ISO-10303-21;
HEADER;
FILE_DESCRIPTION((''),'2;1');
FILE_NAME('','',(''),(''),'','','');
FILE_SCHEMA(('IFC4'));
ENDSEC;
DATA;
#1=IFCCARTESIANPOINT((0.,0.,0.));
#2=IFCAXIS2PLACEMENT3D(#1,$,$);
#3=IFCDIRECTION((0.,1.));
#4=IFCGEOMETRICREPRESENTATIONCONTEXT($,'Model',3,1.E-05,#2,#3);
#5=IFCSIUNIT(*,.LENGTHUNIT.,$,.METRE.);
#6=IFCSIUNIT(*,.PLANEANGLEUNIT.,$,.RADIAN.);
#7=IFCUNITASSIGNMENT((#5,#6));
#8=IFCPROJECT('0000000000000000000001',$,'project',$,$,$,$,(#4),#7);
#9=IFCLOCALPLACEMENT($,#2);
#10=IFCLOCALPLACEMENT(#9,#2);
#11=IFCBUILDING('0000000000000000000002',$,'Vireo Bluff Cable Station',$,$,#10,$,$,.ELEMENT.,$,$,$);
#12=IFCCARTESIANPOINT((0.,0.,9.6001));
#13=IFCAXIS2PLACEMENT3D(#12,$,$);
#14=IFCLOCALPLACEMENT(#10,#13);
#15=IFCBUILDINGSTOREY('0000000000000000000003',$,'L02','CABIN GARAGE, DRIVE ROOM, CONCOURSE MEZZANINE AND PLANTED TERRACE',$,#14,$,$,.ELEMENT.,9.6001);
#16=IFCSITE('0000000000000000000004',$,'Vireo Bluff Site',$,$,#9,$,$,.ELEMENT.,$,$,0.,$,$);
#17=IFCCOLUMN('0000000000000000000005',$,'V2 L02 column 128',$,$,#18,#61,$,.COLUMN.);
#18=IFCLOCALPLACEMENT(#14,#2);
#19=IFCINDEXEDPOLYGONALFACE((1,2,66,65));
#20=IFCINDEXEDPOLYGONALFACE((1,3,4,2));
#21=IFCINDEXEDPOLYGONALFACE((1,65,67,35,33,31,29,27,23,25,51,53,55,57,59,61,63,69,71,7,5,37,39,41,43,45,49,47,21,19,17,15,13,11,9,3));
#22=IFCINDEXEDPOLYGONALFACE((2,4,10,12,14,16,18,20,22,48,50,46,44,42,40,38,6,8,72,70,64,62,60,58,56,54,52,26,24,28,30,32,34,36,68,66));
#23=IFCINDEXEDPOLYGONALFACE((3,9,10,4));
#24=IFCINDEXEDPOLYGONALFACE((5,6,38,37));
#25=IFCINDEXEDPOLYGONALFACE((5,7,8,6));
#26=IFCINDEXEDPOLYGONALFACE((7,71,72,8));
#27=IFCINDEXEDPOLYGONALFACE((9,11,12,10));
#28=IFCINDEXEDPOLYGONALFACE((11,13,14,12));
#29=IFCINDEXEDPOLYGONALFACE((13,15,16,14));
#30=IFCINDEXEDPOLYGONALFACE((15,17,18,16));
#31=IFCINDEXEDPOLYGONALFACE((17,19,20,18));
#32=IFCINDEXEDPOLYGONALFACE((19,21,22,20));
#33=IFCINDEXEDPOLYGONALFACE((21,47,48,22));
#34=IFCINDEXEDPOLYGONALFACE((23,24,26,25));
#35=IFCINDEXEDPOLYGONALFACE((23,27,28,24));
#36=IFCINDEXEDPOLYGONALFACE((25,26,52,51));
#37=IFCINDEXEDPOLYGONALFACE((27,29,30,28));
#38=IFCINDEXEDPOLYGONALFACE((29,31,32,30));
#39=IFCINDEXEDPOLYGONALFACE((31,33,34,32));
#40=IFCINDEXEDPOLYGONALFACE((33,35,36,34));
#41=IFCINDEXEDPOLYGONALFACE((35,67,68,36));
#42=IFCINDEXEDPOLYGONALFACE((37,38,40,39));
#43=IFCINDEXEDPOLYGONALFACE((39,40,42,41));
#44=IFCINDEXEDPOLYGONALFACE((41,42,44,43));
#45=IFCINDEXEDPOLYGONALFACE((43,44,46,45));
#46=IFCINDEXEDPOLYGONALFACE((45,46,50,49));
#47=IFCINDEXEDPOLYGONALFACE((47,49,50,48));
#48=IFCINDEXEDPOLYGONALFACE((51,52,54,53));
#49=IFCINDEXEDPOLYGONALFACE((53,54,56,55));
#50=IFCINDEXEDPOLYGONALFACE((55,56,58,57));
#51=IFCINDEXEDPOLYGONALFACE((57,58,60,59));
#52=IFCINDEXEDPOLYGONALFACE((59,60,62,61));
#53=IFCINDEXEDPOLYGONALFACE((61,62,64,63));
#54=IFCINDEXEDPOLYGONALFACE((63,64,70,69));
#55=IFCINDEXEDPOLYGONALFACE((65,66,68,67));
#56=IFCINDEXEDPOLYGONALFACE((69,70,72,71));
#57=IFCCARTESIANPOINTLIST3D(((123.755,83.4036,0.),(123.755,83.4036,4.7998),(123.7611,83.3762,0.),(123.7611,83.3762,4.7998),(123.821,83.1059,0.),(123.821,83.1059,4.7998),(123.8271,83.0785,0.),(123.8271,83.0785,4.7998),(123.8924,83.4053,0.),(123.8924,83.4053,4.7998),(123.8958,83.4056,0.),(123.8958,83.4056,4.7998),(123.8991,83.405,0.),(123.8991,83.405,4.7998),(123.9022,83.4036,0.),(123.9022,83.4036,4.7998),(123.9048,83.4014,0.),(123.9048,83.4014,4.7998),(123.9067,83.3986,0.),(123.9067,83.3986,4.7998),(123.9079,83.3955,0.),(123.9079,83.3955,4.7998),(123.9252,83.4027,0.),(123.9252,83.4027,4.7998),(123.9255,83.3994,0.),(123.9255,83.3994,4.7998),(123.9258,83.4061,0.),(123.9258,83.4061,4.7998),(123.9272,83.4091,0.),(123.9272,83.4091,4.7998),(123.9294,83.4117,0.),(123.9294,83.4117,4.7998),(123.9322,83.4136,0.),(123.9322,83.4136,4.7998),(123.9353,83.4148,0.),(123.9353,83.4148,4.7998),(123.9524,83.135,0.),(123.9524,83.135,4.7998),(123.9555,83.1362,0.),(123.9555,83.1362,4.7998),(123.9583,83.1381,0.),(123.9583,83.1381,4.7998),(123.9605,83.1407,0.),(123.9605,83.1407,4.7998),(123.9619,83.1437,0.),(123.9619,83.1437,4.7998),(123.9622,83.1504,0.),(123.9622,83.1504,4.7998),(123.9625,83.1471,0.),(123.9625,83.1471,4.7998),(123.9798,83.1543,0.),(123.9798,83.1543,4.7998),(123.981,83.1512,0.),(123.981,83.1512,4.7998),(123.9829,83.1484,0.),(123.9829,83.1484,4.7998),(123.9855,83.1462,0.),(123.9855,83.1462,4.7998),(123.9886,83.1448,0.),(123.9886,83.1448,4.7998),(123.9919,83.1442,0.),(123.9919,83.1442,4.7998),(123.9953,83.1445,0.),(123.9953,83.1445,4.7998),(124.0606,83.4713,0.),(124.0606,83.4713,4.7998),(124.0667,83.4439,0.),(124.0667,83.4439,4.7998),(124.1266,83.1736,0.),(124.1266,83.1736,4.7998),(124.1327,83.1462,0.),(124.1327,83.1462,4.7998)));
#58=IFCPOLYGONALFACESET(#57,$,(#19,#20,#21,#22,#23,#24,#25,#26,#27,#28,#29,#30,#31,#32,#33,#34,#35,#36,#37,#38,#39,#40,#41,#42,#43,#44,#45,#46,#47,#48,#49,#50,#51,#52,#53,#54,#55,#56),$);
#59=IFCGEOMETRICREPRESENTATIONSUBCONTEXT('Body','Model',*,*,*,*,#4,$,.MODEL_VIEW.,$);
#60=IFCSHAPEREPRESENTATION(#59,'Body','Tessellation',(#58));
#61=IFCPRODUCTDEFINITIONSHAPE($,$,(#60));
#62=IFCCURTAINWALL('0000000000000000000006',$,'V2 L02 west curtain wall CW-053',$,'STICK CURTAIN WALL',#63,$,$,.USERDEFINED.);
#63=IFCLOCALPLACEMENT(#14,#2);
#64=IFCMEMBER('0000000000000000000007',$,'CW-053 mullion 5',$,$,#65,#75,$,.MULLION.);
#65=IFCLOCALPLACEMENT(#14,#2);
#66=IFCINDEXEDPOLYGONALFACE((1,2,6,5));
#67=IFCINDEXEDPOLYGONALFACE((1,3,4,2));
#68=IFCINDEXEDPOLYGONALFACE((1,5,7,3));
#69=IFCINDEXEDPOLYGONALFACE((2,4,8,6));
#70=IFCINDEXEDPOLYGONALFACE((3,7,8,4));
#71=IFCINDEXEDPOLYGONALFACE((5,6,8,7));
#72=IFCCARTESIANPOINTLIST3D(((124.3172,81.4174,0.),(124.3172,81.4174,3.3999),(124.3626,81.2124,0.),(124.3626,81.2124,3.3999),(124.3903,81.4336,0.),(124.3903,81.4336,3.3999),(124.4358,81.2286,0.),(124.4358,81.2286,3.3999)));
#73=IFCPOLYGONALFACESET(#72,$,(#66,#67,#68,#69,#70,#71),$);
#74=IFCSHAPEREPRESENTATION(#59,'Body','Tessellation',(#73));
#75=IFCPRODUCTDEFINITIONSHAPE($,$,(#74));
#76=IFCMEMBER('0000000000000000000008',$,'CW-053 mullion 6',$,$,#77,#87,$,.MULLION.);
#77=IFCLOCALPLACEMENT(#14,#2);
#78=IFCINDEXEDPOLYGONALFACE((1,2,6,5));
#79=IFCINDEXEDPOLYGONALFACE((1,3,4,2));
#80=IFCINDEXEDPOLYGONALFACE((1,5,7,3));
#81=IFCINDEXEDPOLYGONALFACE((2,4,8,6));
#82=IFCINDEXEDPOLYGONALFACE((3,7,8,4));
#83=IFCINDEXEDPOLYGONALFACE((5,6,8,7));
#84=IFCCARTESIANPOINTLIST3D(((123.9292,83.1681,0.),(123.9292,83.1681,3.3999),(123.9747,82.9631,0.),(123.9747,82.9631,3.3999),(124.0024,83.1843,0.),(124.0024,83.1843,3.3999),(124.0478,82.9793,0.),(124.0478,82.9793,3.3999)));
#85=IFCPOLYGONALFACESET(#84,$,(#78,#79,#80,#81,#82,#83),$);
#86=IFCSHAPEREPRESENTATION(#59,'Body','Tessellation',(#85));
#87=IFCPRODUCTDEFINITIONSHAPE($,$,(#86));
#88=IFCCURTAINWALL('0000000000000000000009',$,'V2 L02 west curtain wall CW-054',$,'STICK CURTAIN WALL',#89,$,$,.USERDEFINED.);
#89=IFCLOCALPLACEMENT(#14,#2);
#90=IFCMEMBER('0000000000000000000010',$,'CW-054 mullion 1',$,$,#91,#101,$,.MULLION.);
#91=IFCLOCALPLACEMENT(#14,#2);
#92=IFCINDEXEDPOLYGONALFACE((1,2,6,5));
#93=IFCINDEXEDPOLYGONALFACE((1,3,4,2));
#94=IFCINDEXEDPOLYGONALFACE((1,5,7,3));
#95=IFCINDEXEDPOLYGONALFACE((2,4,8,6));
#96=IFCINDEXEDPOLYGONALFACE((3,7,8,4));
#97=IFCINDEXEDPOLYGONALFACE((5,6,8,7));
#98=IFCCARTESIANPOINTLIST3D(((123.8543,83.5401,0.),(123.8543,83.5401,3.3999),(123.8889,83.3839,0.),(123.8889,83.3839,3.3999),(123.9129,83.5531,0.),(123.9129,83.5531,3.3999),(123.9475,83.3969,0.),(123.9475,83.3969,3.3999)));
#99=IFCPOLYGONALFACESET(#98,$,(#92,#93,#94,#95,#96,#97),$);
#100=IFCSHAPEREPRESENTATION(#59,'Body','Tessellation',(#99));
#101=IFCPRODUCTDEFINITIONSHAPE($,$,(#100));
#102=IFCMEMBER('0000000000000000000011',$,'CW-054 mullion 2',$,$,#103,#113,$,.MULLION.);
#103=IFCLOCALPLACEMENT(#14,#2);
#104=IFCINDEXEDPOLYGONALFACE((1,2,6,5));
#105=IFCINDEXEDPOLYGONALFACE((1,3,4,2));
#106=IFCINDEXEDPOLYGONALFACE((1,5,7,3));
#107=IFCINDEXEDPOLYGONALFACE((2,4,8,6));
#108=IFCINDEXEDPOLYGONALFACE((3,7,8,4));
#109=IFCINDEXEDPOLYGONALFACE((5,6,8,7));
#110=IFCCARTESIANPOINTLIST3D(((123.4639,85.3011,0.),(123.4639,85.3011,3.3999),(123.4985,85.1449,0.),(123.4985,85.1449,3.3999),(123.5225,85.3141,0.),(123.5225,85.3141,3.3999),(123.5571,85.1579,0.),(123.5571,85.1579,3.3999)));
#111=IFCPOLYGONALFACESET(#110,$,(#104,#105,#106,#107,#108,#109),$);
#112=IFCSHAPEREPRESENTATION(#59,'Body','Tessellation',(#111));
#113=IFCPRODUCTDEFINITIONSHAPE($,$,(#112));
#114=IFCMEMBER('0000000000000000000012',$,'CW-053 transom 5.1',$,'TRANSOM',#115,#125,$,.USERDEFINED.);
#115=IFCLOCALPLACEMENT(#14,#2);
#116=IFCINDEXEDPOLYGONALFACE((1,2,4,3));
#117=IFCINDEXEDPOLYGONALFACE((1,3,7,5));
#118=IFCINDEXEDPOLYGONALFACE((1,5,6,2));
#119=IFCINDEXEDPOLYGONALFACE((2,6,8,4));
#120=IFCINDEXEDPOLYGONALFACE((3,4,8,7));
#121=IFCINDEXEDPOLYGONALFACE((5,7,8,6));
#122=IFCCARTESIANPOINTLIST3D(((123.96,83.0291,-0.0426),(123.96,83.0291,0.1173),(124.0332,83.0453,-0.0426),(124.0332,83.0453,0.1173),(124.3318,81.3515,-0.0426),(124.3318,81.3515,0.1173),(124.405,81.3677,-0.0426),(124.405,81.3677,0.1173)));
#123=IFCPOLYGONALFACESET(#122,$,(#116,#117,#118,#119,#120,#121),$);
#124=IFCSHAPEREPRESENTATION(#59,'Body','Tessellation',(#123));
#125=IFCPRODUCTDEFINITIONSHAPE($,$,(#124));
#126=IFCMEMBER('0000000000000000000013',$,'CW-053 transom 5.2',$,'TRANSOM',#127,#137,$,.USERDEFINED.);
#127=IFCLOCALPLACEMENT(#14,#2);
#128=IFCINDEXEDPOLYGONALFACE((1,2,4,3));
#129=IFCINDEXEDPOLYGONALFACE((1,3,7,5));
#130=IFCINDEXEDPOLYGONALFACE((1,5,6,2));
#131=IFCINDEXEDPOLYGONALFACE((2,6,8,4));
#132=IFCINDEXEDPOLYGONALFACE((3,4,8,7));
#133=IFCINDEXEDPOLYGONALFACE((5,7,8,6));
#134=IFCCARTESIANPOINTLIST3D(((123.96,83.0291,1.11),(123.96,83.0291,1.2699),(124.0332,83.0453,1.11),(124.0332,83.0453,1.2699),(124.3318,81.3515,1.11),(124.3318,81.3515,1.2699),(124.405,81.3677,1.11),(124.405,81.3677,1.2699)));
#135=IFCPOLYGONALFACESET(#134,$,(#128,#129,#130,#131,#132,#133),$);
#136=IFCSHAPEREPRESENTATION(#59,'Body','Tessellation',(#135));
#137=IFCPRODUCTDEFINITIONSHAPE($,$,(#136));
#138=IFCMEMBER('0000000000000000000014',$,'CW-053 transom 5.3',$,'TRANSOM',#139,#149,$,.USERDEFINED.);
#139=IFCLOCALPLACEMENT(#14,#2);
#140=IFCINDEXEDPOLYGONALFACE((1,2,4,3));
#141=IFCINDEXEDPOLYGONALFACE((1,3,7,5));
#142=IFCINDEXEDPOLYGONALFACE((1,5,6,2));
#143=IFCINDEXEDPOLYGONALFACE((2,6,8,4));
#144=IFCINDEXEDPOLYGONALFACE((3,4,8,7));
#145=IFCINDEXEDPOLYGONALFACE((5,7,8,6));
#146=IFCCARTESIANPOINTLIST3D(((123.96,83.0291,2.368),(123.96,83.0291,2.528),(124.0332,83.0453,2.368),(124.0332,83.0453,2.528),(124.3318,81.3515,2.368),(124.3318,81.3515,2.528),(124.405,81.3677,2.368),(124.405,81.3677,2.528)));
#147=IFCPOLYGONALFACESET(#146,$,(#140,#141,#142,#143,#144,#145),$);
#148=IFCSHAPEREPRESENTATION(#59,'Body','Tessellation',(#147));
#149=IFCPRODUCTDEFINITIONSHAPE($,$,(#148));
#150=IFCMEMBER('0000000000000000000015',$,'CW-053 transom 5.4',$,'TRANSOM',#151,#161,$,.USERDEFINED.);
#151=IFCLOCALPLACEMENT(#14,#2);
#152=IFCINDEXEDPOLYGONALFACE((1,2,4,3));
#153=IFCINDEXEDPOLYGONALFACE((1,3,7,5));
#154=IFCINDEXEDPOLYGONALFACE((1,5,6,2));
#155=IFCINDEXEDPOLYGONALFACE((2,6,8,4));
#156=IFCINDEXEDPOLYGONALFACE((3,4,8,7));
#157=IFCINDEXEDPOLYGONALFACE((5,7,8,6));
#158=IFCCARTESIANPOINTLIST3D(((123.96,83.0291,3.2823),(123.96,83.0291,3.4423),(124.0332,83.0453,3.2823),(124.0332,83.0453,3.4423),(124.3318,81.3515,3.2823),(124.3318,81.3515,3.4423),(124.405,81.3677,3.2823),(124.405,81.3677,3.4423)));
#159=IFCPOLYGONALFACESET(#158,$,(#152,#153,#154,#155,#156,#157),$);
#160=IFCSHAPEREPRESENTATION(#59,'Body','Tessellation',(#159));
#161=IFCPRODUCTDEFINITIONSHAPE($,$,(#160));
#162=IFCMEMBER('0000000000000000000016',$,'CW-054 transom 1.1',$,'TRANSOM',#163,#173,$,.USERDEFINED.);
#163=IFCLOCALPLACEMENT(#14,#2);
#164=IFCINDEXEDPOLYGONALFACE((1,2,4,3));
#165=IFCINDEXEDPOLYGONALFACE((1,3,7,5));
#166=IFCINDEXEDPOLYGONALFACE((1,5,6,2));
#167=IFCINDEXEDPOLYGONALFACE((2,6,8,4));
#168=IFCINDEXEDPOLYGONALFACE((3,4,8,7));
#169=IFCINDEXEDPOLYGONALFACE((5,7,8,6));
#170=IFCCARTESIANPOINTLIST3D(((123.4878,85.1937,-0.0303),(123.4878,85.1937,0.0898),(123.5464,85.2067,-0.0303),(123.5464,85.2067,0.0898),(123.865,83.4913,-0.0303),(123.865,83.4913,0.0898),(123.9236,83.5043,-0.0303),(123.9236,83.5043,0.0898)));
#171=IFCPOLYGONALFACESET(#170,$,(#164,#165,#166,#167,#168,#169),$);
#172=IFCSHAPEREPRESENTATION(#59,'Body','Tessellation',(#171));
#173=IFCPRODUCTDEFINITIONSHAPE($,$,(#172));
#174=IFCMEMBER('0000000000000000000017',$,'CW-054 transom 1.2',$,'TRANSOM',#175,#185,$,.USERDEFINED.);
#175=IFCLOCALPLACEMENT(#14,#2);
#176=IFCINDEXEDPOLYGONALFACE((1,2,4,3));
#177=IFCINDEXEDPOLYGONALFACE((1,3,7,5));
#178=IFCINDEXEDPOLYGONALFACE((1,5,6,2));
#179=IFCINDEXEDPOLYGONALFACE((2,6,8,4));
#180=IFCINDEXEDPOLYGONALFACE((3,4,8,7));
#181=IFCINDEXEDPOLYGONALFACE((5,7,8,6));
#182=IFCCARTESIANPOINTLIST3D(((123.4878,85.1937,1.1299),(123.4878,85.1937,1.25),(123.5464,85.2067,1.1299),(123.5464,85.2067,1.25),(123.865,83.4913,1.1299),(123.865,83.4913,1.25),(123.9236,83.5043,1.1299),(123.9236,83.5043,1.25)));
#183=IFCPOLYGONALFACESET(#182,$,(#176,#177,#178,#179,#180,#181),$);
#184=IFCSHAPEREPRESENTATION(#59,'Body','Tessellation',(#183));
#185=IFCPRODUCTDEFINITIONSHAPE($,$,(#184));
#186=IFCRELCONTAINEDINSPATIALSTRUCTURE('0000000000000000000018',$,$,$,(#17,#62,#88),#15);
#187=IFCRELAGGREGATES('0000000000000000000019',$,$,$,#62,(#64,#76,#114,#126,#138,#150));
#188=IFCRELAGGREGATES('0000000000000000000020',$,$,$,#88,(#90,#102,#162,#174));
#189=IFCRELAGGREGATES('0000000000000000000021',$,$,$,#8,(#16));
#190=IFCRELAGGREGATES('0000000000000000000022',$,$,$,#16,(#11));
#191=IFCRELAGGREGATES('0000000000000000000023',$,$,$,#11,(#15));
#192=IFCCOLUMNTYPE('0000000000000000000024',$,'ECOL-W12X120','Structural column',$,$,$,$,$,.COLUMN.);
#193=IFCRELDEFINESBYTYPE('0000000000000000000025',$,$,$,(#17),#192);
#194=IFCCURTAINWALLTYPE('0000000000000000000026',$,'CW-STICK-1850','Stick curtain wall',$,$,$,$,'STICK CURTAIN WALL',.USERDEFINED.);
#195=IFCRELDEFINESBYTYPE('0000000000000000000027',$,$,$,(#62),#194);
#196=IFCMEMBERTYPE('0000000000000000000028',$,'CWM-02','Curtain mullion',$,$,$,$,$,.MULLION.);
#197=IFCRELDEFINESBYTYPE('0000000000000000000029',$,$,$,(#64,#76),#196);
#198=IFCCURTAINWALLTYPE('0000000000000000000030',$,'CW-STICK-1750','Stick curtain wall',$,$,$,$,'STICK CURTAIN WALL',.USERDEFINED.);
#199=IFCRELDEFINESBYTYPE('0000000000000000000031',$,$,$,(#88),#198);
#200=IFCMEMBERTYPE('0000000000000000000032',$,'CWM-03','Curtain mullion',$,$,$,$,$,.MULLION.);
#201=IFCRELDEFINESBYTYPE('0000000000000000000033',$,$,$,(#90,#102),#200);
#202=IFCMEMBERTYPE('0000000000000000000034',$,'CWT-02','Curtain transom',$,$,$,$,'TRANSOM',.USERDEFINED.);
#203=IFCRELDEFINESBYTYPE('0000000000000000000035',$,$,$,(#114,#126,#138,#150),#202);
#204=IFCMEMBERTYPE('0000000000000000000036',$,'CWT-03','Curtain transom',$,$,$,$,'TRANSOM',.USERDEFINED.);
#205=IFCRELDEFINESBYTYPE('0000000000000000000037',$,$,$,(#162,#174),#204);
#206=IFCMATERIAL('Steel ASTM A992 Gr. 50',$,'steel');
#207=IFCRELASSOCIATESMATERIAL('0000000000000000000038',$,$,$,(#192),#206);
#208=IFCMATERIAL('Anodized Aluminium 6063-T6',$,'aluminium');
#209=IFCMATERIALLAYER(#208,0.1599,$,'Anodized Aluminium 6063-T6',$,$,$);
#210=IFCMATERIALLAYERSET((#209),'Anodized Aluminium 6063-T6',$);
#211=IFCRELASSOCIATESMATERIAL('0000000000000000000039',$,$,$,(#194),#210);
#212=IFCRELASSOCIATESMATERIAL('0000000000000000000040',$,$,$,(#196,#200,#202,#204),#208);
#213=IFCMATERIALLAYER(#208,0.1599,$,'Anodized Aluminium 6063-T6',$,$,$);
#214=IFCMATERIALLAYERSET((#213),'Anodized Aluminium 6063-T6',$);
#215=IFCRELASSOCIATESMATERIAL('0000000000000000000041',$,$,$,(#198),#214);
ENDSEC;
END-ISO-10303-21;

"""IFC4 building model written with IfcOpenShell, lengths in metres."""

from ifc_helpers import new_model, si_unit, direction, frame, origin, origin_2d, place, context, subcontext, project, spatial, rectangle, i_section, extrude, material, layer, layer_set, material_profile, profile_set, type_object, element, aggregate, save


model = new_model("IFC4")

# Units and contexts
model_context = context("Model", 3, precision=1e-05, world=origin(), true_north=direction((0.0, 1.0)))
body_context = subcontext(model_context, "Body", "Model", "MODEL_VIEW")
ifc_project = project(units=[si_unit("LENGTHUNIT", "METRE"), si_unit("PLANEANGLEUNIT", "RADIAN")], contexts=[model_context])

# Site, building, storey
site_placement = place(None, origin())
site = spatial("IfcSite", under=ifc_project, at=site_placement, Name="Vireo Bluff Site", CompositionType="ELEMENT", RefElevation=0.0)
building_placement = place(site_placement, origin())
building = spatial("IfcBuilding", under=site, at=building_placement, Name="Vireo Bluff Cable Station", CompositionType="ELEMENT")
storey_placement = place(building_placement, frame((0.0, 0.0, 9.6001)))
storey = spatial("IfcBuildingStorey", under=building, at=storey_placement, Name="L02", Description="CABIN GARAGE, DRIVE ROOM, CONCOURSE MEZZANINE AND PLANTED TERRACE", CompositionType="ELEMENT", Elevation=9.6001)

# Column
ifc_material_1 = material(Name="Steel ASTM A992 Gr. 50", Category="steel")
ifc_material_profile_1 = material_profile(ifc_material_1, i_section(OverallWidth=0.313, OverallDepth=0.333, WebThickness=0.0181, FlangeThickness=0.0281, FilletRadius=0.0129, at=origin_2d()), Name="W12X120")
ifc_profile_set_1 = profile_set([ifc_material_profile_1], Name="Steel ASTM A992 Gr. 50")
column_type = type_object("IfcColumnType", Name="ECOL-W12X120", Description="Structural column", PredefinedType="COLUMN", material=ifc_profile_set_1)
column_placement = place(storey_placement, frame((123.9438, 83.2749, 0.0), z_axis=(0.0, 0.0, 1.0), x_axis=(0.976296, 0.21644, 0.0)))
element("IfcColumn", 1, at=column_placement, inside=storey, type_object=column_type, Name="V2 L02 column 128", PredefinedType="COLUMN", context=body_context, shape_type="SweptSolid", body=[
    extrude(i_section(OverallWidth=0.313, OverallDepth=0.333, WebThickness=0.0181, FlangeThickness=0.0281, FilletRadius=0.0129, at=origin_2d()), origin(), (0.0, 0.0, 1.0), 4.7998),
])

# Curtain walls, members
ifc_material_2 = material(Name="Anodized Aluminium 6063-T6", Category="aluminium")
ifc_layer_1 = layer(ifc_material_2, 0.1599, Name="Anodized Aluminium 6063-T6")
ifc_layer_set_1 = layer_set([ifc_layer_1], Name="Anodized Aluminium 6063-T6")
curtain_wall_type_1 = type_object("IfcCurtainWallType", Name="CW-STICK-1850", Description="Stick curtain wall", ElementType="STICK CURTAIN WALL", PredefinedType="USERDEFINED", material=ifc_layer_set_1)
curtain_wall_1_placement = place(storey_placement, origin())
curtain_wall_1 = element("IfcCurtainWall", 2, at=curtain_wall_1_placement, inside=storey, type_object=curtain_wall_type_1, Name="V2 L02 west curtain wall CW-053", ObjectType="STICK CURTAIN WALL", PredefinedType="USERDEFINED")
ifc_material_profile_2 = material_profile(ifc_material_2, rectangle(XDim=0.075, YDim=0.21, at=origin_2d()), Name="ALU-M-75X210")
ifc_profile_set_2 = profile_set([ifc_material_profile_2], Name="Anodized Aluminium 6063-T6")
member_type_1 = type_object("IfcMemberType", Name="CWM-02", Description="Curtain mullion", PredefinedType="MULLION", material=ifc_profile_set_2)
member_1_placement = place(storey_placement, frame((124.3765, 81.323, 0.0), z_axis=(0.0, 0.0, 1.0), x_axis=(-0.976296, -0.21644, 0.0)))
member_1 = element("IfcMember", 3, at=member_1_placement, type_object=member_type_1, Name="CW-053 mullion 5", PredefinedType="MULLION", context=body_context, shape_type="SweptSolid", body=[
    extrude(rectangle(XDim=0.075, YDim=0.21, at=origin_2d()), origin(), (0.0, 0.0, 1.0), 3.3999),
])
member_2_placement = place(storey_placement, frame((123.9885, 83.0737, 0.0), z_axis=(0.0, 0.0, 1.0), x_axis=(-0.976296, -0.21644, 0.0)))
member_2 = element("IfcMember", 4, at=member_2_placement, type_object=member_type_1, Name="CW-053 mullion 6", PredefinedType="MULLION", context=body_context, shape_type="SweptSolid", body=[
    extrude(rectangle(XDim=0.075, YDim=0.21, at=origin_2d()), origin(), (0.0, 0.0, 1.0), 3.3999),
])
ifc_layer_2 = layer(ifc_material_2, 0.1599, Name="Anodized Aluminium 6063-T6")
ifc_layer_set_2 = layer_set([ifc_layer_2], Name="Anodized Aluminium 6063-T6")
curtain_wall_type_2 = type_object("IfcCurtainWallType", Name="CW-STICK-1750", Description="Stick curtain wall", ElementType="STICK CURTAIN WALL", PredefinedType="USERDEFINED", material=ifc_layer_set_2)
curtain_wall_2_placement = place(storey_placement, origin())
curtain_wall_2 = element("IfcCurtainWall", 5, at=curtain_wall_2_placement, inside=storey, type_object=curtain_wall_type_2, Name="V2 L02 west curtain wall CW-054", ObjectType="STICK CURTAIN WALL", PredefinedType="USERDEFINED")
ifc_material_profile_3 = material_profile(ifc_material_2, rectangle(XDim=0.0601, YDim=0.1599, at=origin_2d()), Name="ALU-M-60X160")
ifc_profile_set_3 = profile_set([ifc_material_profile_3], Name="Anodized Aluminium 6063-T6")
member_type_2 = type_object("IfcMemberType", Name="CWM-03", Description="Curtain mullion", PredefinedType="MULLION", material=ifc_profile_set_3)
member_3_placement = place(storey_placement, frame((123.9009, 83.4685, 0.0), z_axis=(0.0, 0.0, 1.0), x_axis=(-0.976296, -0.21644, 0.0)))
member_3 = element("IfcMember", 6, at=member_3_placement, type_object=member_type_2, Name="CW-054 mullion 1", PredefinedType="MULLION", context=body_context, shape_type="SweptSolid", body=[
    extrude(rectangle(XDim=0.0601, YDim=0.1599, at=origin_2d()), origin(), (0.0, 0.0, 1.0), 3.3999),
])
member_4_placement = place(storey_placement, frame((123.5105, 85.2295, 0.0), z_axis=(0.0, 0.0, 1.0), x_axis=(-0.976296, -0.21644, 0.0)))
member_4 = element("IfcMember", 7, at=member_4_placement, type_object=member_type_2, Name="CW-054 mullion 2", PredefinedType="MULLION", context=body_context, shape_type="SweptSolid", body=[
    extrude(rectangle(XDim=0.0601, YDim=0.1599, at=origin_2d()), origin(), (0.0, 0.0, 1.0), 3.3999),
])

# Members
ifc_material_profile_4 = material_profile(ifc_material_2, rectangle(XDim=0.075, YDim=0.1599, at=origin_2d()), Name="ALU-T-75X160")
ifc_profile_set_4 = profile_set([ifc_material_profile_4], Name="Anodized Aluminium 6063-T6")
member_type_3 = type_object("IfcMemberType", Name="CWT-02", Description="Curtain transom", ElementType="TRANSOM", PredefinedType="USERDEFINED", material=ifc_profile_set_4)
member_5_placement = place(storey_placement, frame((124.3684, 81.3596, 0.0374), z_axis=(-0.216404, 0.976304, 0.0), x_axis=(-0.976304, -0.216404, 0.0)))
member_5 = element("IfcMember", 8, at=member_5_placement, type_object=member_type_3, Name="CW-053 transom 5.1", ObjectType="TRANSOM", PredefinedType="USERDEFINED", context=body_context, shape_type="SweptSolid", body=[
    extrude(rectangle(XDim=0.075, YDim=0.1599, at=origin_2d()), origin(), (0.0, 0.0, 1.0), 1.7183),
])
member_6_placement = place(storey_placement, frame((124.3684, 81.3596, 1.1899), z_axis=(-0.216404, 0.976304, 0.0), x_axis=(-0.976304, -0.216404, 0.0)))
member_6 = element("IfcMember", 9, at=member_6_placement, type_object=member_type_3, Name="CW-053 transom 5.2", ObjectType="TRANSOM", PredefinedType="USERDEFINED", context=body_context, shape_type="SweptSolid", body=[
    extrude(rectangle(XDim=0.075, YDim=0.1599, at=origin_2d()), origin(), (0.0, 0.0, 1.0), 1.7183),
])
member_7_placement = place(storey_placement, frame((124.3684, 81.3596, 2.448), z_axis=(-0.216404, 0.976304, 0.0), x_axis=(-0.976304, -0.216404, 0.0)))
member_7 = element("IfcMember", 10, at=member_7_placement, type_object=member_type_3, Name="CW-053 transom 5.3", ObjectType="TRANSOM", PredefinedType="USERDEFINED", context=body_context, shape_type="SweptSolid", body=[
    extrude(rectangle(XDim=0.075, YDim=0.1599, at=origin_2d()), origin(), (0.0, 0.0, 1.0), 1.7183),
])
member_8_placement = place(storey_placement, frame((124.3684, 81.3596, 3.3623), z_axis=(-0.216404, 0.976304, 0.0), x_axis=(-0.976304, -0.216404, 0.0)))
member_8 = element("IfcMember", 11, at=member_8_placement, type_object=member_type_3, Name="CW-053 transom 5.4", ObjectType="TRANSOM", PredefinedType="USERDEFINED", context=body_context, shape_type="SweptSolid", body=[
    extrude(rectangle(XDim=0.075, YDim=0.1599, at=origin_2d()), origin(), (0.0, 0.0, 1.0), 1.7183),
])
ifc_material_profile_5 = material_profile(ifc_material_2, rectangle(XDim=0.0601, YDim=0.1201, at=origin_2d()), Name="ALU-T-60X120")
ifc_profile_set_5 = profile_set([ifc_material_profile_5], Name="Anodized Aluminium 6063-T6")
member_type_4 = type_object("IfcMemberType", Name="CWT-03", Description="Curtain transom", ElementType="TRANSOM", PredefinedType="USERDEFINED", material=ifc_profile_set_5)
member_9_placement = place(storey_placement, frame((123.8943, 83.4978, 0.0298), z_axis=(-0.216323, 0.976322, 0.0), x_axis=(-0.976322, -0.216323, 0.0)))
member_9 = element("IfcMember", 12, at=member_9_placement, type_object=member_type_4, Name="CW-054 transom 1.1", ObjectType="TRANSOM", PredefinedType="USERDEFINED", context=body_context, shape_type="SweptSolid", body=[
    extrude(rectangle(XDim=0.0601, YDim=0.1201, at=origin_2d()), origin(), (0.0, 0.0, 1.0), 1.7437),
])
member_10_placement = place(storey_placement, frame((123.8943, 83.4978, 1.1899), z_axis=(-0.216323, 0.976322, 0.0), x_axis=(-0.976322, -0.216323, 0.0)))
member_10 = element("IfcMember", 13, at=member_10_placement, type_object=member_type_4, Name="CW-054 transom 1.2", ObjectType="TRANSOM", PredefinedType="USERDEFINED", context=body_context, shape_type="SweptSolid", body=[
    extrude(rectangle(XDim=0.0601, YDim=0.1201, at=origin_2d()), origin(), (0.0, 0.0, 1.0), 1.7437),
])

aggregate(curtain_wall_1, [member_1, member_2, member_5, member_6, member_7, member_8])
aggregate(curtain_wall_2, [member_3, member_4, member_9, member_10])

save(model, "model.ifc")
